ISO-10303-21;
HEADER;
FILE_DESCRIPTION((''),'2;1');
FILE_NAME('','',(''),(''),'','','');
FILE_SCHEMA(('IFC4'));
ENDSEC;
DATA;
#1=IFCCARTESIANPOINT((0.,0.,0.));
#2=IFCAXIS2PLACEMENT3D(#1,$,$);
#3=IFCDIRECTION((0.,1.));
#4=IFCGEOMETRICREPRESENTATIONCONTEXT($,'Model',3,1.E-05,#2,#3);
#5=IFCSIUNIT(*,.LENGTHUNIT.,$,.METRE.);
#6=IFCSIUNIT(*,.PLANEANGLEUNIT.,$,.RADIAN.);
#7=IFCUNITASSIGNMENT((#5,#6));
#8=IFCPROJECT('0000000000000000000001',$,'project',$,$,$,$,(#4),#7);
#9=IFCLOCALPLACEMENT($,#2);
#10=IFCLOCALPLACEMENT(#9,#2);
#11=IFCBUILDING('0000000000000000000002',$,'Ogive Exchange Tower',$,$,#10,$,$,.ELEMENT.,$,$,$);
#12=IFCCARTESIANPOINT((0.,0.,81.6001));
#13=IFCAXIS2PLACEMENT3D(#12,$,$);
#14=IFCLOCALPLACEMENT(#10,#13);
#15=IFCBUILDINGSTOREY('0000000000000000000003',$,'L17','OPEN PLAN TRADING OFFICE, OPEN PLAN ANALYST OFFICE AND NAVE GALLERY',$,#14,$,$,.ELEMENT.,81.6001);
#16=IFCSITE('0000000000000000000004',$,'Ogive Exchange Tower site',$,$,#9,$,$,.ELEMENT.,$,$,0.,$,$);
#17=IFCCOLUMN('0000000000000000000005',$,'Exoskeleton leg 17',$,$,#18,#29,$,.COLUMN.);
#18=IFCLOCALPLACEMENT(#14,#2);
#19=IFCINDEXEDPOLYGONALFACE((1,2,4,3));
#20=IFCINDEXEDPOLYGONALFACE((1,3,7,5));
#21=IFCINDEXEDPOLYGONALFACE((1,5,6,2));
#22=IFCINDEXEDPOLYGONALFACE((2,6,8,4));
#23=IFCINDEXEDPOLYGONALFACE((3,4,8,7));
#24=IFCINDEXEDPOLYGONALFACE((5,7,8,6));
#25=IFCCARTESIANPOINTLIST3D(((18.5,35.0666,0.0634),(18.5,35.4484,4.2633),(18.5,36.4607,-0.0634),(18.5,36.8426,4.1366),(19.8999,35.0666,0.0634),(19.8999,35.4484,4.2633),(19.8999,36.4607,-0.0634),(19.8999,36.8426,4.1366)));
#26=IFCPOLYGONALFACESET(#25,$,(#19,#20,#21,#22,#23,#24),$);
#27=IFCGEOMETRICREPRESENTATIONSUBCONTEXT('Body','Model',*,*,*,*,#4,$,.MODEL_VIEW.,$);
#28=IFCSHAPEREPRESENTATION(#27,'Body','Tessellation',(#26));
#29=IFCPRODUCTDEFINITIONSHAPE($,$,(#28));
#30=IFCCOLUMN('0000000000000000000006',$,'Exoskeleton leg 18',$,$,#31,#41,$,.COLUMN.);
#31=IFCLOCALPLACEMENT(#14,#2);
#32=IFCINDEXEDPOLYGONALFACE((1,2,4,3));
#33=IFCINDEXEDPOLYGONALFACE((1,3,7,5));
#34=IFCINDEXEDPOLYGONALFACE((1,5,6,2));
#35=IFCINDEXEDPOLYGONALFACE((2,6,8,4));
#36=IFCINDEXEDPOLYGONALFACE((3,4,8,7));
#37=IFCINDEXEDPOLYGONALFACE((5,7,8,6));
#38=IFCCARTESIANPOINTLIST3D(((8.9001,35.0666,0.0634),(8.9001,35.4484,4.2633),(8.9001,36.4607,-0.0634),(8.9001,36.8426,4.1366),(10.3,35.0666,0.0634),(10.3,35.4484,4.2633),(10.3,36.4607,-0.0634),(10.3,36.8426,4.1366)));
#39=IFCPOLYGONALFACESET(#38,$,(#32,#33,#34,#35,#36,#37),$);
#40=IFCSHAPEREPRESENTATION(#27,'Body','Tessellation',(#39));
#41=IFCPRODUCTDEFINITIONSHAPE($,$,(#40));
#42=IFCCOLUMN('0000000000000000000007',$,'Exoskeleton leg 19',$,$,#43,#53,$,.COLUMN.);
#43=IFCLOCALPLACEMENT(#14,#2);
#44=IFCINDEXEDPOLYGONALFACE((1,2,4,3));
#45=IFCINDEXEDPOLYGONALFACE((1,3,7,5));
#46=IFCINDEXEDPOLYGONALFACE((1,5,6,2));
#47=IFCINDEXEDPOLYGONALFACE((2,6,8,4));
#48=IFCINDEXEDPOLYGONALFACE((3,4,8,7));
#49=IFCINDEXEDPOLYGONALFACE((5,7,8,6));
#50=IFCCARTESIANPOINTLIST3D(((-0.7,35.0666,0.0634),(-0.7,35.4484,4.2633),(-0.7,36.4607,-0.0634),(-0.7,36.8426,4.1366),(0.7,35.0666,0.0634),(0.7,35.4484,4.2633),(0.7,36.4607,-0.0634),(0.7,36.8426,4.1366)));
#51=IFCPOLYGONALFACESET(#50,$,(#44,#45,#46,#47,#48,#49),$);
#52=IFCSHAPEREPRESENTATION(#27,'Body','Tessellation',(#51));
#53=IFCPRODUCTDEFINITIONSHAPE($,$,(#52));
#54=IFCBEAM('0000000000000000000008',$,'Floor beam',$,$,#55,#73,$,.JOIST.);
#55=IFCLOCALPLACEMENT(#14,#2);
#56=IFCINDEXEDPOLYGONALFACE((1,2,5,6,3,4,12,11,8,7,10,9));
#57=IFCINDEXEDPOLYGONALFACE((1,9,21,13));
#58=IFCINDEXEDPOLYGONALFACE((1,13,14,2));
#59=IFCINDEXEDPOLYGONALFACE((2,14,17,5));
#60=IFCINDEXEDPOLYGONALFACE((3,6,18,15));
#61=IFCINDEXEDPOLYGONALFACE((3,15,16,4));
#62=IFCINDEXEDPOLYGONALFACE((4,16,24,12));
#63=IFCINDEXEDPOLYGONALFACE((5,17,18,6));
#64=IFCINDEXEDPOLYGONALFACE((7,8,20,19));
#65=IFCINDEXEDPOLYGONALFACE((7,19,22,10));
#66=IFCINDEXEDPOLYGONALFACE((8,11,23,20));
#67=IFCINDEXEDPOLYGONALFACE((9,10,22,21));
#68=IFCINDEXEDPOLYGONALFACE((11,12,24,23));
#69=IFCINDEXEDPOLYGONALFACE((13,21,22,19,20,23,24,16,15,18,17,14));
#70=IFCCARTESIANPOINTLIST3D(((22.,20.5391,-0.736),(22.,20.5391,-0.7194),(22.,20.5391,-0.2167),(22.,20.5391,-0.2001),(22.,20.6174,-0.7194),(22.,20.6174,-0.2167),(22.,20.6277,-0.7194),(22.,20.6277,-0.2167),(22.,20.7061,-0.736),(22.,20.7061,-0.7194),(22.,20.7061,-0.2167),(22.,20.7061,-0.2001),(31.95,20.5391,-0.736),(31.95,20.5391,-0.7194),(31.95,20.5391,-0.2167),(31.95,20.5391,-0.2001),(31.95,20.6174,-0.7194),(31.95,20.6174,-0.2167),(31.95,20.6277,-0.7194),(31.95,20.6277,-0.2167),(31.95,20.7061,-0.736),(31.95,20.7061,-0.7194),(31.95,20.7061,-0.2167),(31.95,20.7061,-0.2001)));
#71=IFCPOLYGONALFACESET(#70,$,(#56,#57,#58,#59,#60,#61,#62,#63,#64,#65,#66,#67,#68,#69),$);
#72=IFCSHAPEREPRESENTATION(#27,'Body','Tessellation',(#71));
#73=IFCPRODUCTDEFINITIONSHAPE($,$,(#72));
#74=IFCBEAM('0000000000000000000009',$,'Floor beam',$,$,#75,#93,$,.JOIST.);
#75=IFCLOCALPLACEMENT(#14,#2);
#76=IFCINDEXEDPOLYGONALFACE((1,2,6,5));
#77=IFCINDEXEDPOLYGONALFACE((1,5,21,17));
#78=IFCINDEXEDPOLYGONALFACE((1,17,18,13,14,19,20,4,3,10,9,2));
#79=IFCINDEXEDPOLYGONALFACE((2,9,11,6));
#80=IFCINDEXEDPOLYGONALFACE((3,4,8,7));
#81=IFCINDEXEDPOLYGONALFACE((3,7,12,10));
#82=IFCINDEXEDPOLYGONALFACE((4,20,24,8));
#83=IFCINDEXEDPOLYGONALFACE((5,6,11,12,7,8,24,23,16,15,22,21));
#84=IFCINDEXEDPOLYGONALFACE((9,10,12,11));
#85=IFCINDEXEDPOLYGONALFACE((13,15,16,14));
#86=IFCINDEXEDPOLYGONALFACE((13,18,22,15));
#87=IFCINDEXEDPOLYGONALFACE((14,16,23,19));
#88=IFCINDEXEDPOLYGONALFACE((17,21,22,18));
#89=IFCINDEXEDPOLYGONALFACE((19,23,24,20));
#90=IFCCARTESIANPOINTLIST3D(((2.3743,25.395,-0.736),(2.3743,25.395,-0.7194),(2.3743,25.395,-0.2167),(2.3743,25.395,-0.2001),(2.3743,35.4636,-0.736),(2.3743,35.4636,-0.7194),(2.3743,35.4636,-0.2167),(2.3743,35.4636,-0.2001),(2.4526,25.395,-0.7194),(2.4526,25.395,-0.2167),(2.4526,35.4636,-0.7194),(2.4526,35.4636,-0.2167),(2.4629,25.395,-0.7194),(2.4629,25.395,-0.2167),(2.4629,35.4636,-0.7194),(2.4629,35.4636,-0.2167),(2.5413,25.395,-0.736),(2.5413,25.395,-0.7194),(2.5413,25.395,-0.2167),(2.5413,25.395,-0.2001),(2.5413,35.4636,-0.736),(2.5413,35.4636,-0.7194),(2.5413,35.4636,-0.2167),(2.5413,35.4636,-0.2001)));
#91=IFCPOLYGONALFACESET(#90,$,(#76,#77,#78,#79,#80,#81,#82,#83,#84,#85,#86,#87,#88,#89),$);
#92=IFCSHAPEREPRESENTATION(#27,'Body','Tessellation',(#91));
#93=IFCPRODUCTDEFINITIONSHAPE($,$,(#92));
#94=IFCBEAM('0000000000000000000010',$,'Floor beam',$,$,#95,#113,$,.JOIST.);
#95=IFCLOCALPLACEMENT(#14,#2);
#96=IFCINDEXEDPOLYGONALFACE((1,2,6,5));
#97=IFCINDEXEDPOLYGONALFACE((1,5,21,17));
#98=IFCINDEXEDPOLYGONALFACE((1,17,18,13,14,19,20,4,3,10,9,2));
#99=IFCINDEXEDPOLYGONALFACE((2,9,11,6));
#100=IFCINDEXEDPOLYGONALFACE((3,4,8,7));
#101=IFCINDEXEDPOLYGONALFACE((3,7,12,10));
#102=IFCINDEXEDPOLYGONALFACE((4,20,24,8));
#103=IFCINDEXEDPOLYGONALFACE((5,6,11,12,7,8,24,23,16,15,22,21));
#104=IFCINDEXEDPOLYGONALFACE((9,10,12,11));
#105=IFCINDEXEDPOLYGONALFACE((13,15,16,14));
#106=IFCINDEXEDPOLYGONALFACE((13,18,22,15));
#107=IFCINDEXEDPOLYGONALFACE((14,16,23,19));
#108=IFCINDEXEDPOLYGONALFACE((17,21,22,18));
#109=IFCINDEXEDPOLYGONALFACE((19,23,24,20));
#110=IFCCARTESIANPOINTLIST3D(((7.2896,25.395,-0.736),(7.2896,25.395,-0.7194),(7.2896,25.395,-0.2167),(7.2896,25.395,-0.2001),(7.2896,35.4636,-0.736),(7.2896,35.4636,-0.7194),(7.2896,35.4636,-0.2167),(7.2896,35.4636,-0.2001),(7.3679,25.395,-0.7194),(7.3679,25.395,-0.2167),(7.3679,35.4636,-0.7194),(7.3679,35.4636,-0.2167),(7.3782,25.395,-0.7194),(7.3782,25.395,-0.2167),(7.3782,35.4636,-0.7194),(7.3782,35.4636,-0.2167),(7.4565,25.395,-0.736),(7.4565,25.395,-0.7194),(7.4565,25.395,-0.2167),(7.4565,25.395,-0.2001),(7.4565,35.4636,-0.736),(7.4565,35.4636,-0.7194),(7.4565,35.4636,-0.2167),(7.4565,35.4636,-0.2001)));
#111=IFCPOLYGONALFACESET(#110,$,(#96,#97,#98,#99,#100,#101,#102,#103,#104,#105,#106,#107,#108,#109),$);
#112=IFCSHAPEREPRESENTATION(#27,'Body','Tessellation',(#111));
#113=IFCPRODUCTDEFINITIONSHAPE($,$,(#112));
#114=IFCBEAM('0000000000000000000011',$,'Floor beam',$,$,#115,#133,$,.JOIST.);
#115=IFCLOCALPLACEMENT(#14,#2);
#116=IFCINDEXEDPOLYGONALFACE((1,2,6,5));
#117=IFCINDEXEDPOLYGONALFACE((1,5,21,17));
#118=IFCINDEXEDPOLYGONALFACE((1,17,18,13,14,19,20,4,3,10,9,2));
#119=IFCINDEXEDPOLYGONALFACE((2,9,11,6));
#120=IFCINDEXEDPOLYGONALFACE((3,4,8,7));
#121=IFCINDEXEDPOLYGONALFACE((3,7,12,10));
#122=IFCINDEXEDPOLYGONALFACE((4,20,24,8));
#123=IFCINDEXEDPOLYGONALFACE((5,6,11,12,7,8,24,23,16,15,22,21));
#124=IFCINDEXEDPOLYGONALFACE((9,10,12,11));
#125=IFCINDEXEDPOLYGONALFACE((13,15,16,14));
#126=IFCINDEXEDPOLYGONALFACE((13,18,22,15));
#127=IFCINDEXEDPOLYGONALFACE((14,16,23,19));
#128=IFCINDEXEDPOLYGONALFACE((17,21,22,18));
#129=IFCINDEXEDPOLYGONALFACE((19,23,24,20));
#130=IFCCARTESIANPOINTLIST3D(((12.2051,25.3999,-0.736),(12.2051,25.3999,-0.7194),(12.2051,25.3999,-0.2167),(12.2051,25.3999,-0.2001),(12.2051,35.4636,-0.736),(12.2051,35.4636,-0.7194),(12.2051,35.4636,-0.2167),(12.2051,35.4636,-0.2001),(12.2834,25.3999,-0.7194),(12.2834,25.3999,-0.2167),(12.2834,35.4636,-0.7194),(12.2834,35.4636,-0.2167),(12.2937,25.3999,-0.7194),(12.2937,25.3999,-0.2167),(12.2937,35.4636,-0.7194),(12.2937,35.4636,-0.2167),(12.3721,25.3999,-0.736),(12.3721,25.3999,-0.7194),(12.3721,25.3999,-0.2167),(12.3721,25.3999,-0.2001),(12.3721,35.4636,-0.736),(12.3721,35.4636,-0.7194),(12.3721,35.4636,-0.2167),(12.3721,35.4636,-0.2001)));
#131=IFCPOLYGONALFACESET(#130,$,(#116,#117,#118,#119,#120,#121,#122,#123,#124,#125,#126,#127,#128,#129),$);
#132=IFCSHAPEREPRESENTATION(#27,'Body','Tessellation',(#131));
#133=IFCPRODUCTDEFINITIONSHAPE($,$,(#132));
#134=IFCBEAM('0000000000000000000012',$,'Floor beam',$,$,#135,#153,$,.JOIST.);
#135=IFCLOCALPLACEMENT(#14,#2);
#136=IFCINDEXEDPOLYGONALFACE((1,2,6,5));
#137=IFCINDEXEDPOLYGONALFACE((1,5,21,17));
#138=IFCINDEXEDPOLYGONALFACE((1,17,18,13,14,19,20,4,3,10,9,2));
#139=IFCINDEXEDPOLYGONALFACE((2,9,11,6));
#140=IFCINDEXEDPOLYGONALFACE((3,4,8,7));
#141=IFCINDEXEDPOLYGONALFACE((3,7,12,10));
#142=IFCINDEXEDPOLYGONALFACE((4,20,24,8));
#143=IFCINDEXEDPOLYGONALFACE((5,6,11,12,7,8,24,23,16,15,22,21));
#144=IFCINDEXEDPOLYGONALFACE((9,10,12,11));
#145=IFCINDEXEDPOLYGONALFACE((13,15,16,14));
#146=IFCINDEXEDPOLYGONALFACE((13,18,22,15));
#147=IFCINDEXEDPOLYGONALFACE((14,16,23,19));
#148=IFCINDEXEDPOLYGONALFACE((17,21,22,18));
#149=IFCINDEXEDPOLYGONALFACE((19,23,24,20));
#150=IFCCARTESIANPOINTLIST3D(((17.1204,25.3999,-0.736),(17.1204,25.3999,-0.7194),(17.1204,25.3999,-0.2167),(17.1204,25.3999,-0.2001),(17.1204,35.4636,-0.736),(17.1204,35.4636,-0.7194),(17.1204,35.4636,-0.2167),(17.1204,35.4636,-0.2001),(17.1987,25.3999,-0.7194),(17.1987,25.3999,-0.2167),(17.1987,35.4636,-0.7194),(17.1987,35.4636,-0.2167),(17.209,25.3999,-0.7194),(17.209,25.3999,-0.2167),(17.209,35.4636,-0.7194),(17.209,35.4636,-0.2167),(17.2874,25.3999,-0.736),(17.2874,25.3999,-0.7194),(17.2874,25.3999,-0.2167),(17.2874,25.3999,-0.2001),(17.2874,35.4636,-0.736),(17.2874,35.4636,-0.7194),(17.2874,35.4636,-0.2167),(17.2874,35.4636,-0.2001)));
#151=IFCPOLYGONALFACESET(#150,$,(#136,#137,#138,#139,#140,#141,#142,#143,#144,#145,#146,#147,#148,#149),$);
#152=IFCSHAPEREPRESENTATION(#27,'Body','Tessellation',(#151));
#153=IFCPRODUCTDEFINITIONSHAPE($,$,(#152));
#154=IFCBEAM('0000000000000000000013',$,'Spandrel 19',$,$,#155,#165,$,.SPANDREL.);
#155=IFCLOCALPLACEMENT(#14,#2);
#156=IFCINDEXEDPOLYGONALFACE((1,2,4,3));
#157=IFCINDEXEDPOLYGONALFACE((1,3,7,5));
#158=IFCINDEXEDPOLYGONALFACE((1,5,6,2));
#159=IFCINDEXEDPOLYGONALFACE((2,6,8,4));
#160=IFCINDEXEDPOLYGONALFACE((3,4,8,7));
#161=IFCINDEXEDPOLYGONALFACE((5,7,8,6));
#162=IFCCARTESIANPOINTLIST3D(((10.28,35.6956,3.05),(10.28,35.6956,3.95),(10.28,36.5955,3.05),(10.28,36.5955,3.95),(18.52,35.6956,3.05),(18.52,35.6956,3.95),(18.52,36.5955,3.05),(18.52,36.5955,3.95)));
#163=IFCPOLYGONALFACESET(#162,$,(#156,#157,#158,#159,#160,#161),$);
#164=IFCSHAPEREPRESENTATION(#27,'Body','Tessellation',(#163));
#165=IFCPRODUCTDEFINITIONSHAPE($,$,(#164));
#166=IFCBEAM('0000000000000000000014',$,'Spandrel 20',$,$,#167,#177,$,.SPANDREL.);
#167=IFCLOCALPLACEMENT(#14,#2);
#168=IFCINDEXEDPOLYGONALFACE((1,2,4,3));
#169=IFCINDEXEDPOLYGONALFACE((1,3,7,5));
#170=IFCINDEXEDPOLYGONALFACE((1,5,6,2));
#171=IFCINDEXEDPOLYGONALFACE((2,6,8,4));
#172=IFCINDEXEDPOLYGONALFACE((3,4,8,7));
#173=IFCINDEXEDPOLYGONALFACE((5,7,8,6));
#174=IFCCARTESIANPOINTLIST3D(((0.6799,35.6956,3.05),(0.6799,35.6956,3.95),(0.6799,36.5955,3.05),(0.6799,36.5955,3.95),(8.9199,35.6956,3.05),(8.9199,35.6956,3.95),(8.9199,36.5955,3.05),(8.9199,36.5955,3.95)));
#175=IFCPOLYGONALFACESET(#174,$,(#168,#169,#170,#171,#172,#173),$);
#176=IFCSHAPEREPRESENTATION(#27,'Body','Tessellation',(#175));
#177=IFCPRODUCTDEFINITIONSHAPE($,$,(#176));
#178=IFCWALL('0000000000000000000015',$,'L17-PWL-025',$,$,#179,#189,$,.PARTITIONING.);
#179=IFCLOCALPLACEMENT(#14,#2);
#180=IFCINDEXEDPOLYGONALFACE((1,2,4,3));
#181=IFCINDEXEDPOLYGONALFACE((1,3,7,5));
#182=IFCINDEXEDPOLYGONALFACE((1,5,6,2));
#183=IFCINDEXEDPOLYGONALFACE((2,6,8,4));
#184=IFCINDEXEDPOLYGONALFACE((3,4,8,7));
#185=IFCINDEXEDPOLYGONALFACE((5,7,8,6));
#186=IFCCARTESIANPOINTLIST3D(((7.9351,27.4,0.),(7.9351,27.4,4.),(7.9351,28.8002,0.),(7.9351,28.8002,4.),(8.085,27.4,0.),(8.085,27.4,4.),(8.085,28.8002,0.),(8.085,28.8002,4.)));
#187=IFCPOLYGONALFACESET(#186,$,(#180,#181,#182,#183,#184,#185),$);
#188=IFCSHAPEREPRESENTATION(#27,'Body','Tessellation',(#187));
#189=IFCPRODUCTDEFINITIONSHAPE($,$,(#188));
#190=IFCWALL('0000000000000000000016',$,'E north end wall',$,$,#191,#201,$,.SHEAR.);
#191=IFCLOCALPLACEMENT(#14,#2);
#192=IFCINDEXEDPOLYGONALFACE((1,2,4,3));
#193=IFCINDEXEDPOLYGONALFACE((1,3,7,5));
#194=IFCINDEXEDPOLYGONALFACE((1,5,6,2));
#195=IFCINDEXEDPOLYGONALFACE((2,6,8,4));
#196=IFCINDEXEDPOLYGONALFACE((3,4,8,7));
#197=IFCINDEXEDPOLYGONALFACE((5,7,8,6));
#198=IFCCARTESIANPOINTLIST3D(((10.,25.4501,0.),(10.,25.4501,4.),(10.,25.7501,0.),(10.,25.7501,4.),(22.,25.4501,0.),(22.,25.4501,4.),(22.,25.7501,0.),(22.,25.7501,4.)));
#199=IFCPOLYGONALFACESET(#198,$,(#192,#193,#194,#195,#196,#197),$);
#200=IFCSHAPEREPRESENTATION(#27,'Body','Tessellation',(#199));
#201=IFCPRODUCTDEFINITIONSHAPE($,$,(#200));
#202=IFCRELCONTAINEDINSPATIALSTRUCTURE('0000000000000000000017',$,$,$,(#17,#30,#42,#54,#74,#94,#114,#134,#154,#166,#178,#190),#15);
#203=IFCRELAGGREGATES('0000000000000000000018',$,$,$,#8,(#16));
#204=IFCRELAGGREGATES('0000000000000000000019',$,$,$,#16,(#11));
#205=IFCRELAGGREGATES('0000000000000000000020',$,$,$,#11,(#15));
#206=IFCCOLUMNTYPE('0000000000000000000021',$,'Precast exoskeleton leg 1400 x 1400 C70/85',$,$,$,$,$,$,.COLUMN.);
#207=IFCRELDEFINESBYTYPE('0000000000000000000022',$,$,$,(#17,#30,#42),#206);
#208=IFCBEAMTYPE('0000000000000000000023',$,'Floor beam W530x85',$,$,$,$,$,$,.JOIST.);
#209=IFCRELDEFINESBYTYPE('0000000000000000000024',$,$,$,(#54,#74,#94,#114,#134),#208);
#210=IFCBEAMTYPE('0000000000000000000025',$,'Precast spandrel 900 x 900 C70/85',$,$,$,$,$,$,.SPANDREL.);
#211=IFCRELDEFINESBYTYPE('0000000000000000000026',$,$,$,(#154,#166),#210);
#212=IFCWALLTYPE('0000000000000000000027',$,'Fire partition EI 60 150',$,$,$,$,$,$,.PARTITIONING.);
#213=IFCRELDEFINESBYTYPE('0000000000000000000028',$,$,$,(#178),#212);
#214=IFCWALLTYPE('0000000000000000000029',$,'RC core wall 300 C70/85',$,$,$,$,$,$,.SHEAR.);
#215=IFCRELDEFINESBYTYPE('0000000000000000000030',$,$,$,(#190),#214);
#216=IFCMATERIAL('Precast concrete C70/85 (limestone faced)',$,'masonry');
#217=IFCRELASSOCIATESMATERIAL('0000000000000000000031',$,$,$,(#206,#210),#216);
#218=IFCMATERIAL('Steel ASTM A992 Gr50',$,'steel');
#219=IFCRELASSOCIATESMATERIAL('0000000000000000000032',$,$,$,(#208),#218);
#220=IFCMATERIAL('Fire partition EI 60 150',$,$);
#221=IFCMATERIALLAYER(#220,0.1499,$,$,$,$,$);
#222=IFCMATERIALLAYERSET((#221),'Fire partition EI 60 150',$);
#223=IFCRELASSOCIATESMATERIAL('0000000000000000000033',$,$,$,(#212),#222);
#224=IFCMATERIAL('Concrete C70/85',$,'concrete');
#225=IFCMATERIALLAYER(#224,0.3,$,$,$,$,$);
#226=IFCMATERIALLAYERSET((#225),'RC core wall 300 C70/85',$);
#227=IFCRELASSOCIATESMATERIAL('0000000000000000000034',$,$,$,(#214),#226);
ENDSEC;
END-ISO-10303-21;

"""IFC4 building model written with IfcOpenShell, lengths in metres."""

from ifc_helpers import new_model, si_unit, direction, frame, frame_2d, origin, origin_2d, place, context, subcontext, project, spatial, rectangle, i_section, extrude, material, layer, layer_set, material_profile, profile_set, type_object, element, save


model = new_model("IFC4")

# Units and contexts
model_context = context("Model", 3, precision=1e-05, world=origin(), true_north=direction((0.0, 1.0)))
body_context = subcontext(model_context, "Body", "Model", "MODEL_VIEW")
ifc_project = project(units=[si_unit("LENGTHUNIT", "METRE"), si_unit("PLANEANGLEUNIT", "RADIAN")], contexts=[model_context])

# Site, building, storey
site_placement = place(None, origin())
site = spatial("IfcSite", under=ifc_project, at=site_placement, Name="Ogive Exchange Tower site", CompositionType="ELEMENT", RefElevation=0.0)
building_placement = place(site_placement, origin())
building = spatial("IfcBuilding", under=site, at=building_placement, Name="Ogive Exchange Tower", CompositionType="ELEMENT")
storey_placement = place(building_placement, frame((0.0, 0.0, 81.6001)))
storey = spatial("IfcBuildingStorey", under=building, at=storey_placement, Name="L17", Description="OPEN PLAN TRADING OFFICE, OPEN PLAN ANALYST OFFICE AND NAVE GALLERY", CompositionType="ELEMENT", Elevation=81.6001)

# Columns
ifc_material_1 = material(Name="Precast concrete C70/85 (limestone faced)", Category="masonry")
ifc_material_profile_1 = material_profile(ifc_material_1, rectangle(XDim=1.3999, YDim=1.3999, at=origin_2d()), Name="1400 x 1400")
ifc_profile_set_1 = profile_set([ifc_material_profile_1], Name="Precast concrete C70/85 (limestone faced)")
column_type = type_object("IfcColumnType", Name="Precast exoskeleton leg 1400 x 1400 C70/85", PredefinedType="COLUMN", material=ifc_profile_set_1)
for number, where, z_axis, x_axis, name in (
    (1, (19.2, 35.7637, 0.0), (0.0, 0.090541, 0.995893), (-1.0, 0.0, 0.0), "Exoskeleton leg 17"),
    (2, (9.6001, 35.7637, 0.0), (0.0, 0.090541, 0.995893), (-1.0, 0.0, 0.0), "Exoskeleton leg 18"),
    (3, (0.0, 35.7637, 0.0), (0.0, 0.090541, 0.995893), (-1.0, 0.0, 0.0), "Exoskeleton leg 19"),
):
    element("IfcColumn", number, at=place(storey_placement, frame(where, z_axis=z_axis, x_axis=x_axis)), inside=storey, type_object=column_type, Name=name, PredefinedType="COLUMN", context=body_context, shape_type="SweptSolid", body=[
        extrude(rectangle(XDim=1.3999, YDim=1.3999, at=origin_2d()), origin(), (0.0, 0.0, 1.0), 4.2173),
    ])

# Beams
ifc_material_2 = material(Name="Steel ASTM A992 Gr50", Category="steel")
ifc_material_profile_2 = material_profile(ifc_material_2, i_section(OverallWidth=0.167, OverallDepth=0.5359, WebThickness=0.0103, FlangeThickness=0.0166, at=origin_2d()), Name="W530x85")
ifc_profile_set_2 = profile_set([ifc_material_profile_2], Name="Steel ASTM A992 Gr50")
beam_type_1 = type_object("IfcBeamType", Name="Floor beam W530x85", PredefinedType="JOIST", material=ifc_profile_set_2)
beam_placement = place(storey_placement, frame((22.0, 20.6226, -0.468), z_axis=(1.0, 0.0, 0.0), x_axis=(0.0, 1.0, 0.0)))
element("IfcBeam", 4, at=beam_placement, inside=storey, type_object=beam_type_1, Name="Floor beam", PredefinedType="JOIST", context=body_context, shape_type="SweptSolid", body=[
    extrude(i_section(OverallWidth=0.167, OverallDepth=0.5359, WebThickness=0.0103, FlangeThickness=0.0166, at=origin_2d()), origin(), (0.0, 0.0, 1.0), 9.95),
])
for number, where, z_axis, x_axis, name in (
    (5, (2.4578, 25.395, -0.468), (0.0, 1.0, 0.0), (-1.0, 0.0, 0.0), "Floor beam"),
    (6, (7.373, 25.395, -0.468), (0.0, 1.0, 0.0), (-1.0, 0.0, 0.0), "Floor beam"),
):
    element("IfcBeam", number, at=place(storey_placement, frame(where, z_axis=z_axis, x_axis=x_axis)), inside=storey, type_object=beam_type_1, Name=name, PredefinedType="JOIST", context=body_context, shape_type="SweptSolid", body=[
        extrude(i_section(OverallWidth=0.167, OverallDepth=0.5359, WebThickness=0.0103, FlangeThickness=0.0166, at=origin_2d()), origin(), (0.0, 0.0, 1.0), 10.0686),
    ])
for number, where, z_axis, x_axis, name in (
    (7, (12.2886, 25.3999, -0.468), (0.0, 1.0, 0.0), (-1.0, 0.0, 0.0), "Floor beam"),
    (8, (17.2039, 25.3999, -0.468), (0.0, 1.0, 0.0), (-1.0, 0.0, 0.0), "Floor beam"),
):
    element("IfcBeam", number, at=place(storey_placement, frame(where, z_axis=z_axis, x_axis=x_axis)), inside=storey, type_object=beam_type_1, Name=name, PredefinedType="JOIST", context=body_context, shape_type="SweptSolid", body=[
        extrude(i_section(OverallWidth=0.167, OverallDepth=0.5359, WebThickness=0.0103, FlangeThickness=0.0166, at=origin_2d()), origin(), (0.0, 0.0, 1.0), 10.0637),
    ])
ifc_material_profile_3 = material_profile(ifc_material_1, rectangle(XDim=0.8999, YDim=0.8999, at=origin_2d()), Name="900 x 900")
ifc_profile_set_3 = profile_set([ifc_material_profile_3], Name="Precast concrete C70/85 (limestone faced)")
beam_type_2 = type_object("IfcBeamType", Name="Precast spandrel 900 x 900 C70/85", PredefinedType="SPANDREL", material=ifc_profile_set_3)
for number, where, z_axis, x_axis, name in (
    (9, (18.52, 36.1455, 3.5), (-1.0, 0.0, 0.0), (0.0, -1.0, 0.0), "Spandrel 19"),
    (10, (8.9199, 36.1455, 3.5), (-1.0, 0.0, 0.0), (0.0, -1.0, 0.0), "Spandrel 20"),
):
    element("IfcBeam", number, at=place(storey_placement, frame(where, z_axis=z_axis, x_axis=x_axis)), inside=storey, type_object=beam_type_2, Name=name, PredefinedType="SPANDREL", context=body_context, shape_type="SweptSolid", body=[
        extrude(rectangle(XDim=0.8999, YDim=0.8999, at=origin_2d()), origin(), (0.0, 0.0, 1.0), 8.24),
    ])

# Walls
ifc_material_3 = material(Name="Fire partition EI 60 150")
ifc_layer_1 = layer(ifc_material_3, 0.1499)
ifc_layer_set_1 = layer_set([ifc_layer_1], Name="Fire partition EI 60 150")
wall_type_1 = type_object("IfcWallType", Name="Fire partition EI 60 150", PredefinedType="PARTITIONING", material=ifc_layer_set_1)
wall_1_placement = place(storey_placement, frame((8.01, 27.3999, 0.0), z_axis=(0.0, 0.0, 1.0), x_axis=(0.0, 1.0, 0.0)))
element("IfcWall", 11, at=wall_1_placement, inside=storey, type_object=wall_type_1, Name="L17-PWL-025", PredefinedType="PARTITIONING", context=body_context, shape_type="SweptSolid", body=[
    extrude(rectangle(XDim=1.4001, YDim=0.1499, at=frame_2d((0.7002, 0.0))), origin(), (0.0, 0.0, 1.0), 4.0),
])
ifc_material_4 = material(Name="Concrete C70/85", Category="concrete")
ifc_layer_2 = layer(ifc_material_4, 0.3)
ifc_layer_set_2 = layer_set([ifc_layer_2], Name="RC core wall 300 C70/85")
wall_type_2 = type_object("IfcWallType", Name="RC core wall 300 C70/85", PredefinedType="SHEAR", material=ifc_layer_set_2)
wall_2_placement = place(storey_placement, frame((10.0, 25.6001, 0.0), z_axis=(0.0, 0.0, 1.0), x_axis=(1.0, 0.0, 0.0)))
element("IfcWall", 12, at=wall_2_placement, inside=storey, type_object=wall_type_2, Name="E north end wall", PredefinedType="SHEAR", context=body_context, shape_type="SweptSolid", body=[
    extrude(rectangle(XDim=12.0, YDim=0.3, at=frame_2d((6.0, 0.0))), origin(), (0.0, 0.0, 1.0), 4.0),
])

save(model, "model.ifc")
